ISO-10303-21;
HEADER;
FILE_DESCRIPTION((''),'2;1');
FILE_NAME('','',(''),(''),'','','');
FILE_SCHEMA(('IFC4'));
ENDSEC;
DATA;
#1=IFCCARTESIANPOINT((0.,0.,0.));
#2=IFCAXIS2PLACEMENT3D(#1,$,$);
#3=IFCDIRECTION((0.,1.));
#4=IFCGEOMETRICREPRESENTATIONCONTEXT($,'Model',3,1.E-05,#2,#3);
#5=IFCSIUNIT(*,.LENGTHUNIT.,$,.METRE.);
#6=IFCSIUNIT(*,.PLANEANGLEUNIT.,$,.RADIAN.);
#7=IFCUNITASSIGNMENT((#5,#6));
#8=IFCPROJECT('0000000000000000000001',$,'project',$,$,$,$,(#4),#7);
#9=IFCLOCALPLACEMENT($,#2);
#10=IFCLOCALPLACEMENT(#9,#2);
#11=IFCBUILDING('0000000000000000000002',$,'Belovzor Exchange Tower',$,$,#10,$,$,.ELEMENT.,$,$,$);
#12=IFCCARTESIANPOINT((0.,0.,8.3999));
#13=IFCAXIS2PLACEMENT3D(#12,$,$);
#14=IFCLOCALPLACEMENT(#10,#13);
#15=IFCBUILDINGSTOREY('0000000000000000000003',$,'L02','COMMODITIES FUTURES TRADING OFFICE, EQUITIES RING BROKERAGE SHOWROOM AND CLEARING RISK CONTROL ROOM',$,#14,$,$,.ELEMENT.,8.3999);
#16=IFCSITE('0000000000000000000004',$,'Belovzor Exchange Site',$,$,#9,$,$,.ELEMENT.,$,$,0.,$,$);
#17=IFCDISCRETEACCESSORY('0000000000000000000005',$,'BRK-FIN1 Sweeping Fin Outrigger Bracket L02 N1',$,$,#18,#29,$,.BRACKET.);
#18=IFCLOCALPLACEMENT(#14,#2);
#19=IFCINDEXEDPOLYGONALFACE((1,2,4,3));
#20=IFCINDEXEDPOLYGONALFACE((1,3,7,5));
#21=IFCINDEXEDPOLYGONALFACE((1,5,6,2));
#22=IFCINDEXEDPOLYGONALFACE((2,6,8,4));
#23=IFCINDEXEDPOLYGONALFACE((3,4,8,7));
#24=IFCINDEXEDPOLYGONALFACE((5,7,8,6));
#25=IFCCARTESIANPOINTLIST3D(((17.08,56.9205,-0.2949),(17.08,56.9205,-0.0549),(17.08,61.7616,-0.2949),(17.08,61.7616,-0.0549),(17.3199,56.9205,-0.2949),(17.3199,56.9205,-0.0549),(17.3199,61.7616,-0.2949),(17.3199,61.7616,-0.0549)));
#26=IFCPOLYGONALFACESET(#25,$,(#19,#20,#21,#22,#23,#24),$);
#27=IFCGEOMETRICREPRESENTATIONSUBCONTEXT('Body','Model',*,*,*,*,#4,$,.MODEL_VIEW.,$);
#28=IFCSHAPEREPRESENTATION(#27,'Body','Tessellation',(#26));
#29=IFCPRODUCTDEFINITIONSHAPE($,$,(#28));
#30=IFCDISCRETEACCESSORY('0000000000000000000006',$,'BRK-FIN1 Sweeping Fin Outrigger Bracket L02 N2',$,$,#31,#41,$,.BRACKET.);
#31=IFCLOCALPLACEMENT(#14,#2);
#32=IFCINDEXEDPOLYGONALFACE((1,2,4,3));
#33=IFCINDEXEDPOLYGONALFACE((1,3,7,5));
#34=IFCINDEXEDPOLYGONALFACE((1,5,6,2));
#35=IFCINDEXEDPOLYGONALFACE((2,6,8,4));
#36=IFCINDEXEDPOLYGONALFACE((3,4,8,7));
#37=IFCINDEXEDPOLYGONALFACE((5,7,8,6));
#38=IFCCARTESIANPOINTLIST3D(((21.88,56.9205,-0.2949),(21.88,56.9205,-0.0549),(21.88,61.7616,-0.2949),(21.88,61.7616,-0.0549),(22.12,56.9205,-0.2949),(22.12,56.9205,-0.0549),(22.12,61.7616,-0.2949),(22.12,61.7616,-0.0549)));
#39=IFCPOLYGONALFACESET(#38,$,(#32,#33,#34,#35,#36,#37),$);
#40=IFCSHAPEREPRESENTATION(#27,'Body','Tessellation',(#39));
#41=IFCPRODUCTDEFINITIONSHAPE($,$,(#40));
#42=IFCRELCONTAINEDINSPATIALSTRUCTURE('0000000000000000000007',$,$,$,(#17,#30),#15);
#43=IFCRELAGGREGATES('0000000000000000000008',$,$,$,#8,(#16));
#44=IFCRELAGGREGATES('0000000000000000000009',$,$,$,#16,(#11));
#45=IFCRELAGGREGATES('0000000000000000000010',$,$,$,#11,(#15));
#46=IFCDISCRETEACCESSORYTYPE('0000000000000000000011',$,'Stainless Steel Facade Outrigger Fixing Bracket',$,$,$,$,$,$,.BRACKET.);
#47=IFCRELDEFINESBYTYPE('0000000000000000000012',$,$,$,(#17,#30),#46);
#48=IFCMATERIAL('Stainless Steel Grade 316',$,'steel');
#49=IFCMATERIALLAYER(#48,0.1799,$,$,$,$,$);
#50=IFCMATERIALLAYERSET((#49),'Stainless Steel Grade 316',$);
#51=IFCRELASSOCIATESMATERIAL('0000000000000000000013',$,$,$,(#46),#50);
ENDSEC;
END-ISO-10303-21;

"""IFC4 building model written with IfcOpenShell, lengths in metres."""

from ifc_helpers import new_model, si_unit, direction, frame, origin, origin_2d, place, context, subcontext, project, spatial, rectangle, extrude, material, layer, layer_set, type_object, element, save


model = new_model("IFC4")

# Units and contexts
model_context = context("Model", 3, precision=1e-05, world=origin(), true_north=direction((0.0, 1.0)))
body_context = subcontext(model_context, "Body", "Model", "MODEL_VIEW")
ifc_project = project(units=[si_unit("LENGTHUNIT", "METRE"), si_unit("PLANEANGLEUNIT", "RADIAN")], contexts=[model_context])

# Site, building, storey
site_placement = place(None, origin())
site = spatial("IfcSite", under=ifc_project, at=site_placement, Name="Belovzor Exchange Site", CompositionType="ELEMENT", RefElevation=0.0)
building_placement = place(site_placement, origin())
building = spatial("IfcBuilding", under=site, at=building_placement, Name="Belovzor Exchange Tower", CompositionType="ELEMENT")
storey_placement = place(building_placement, frame((0.0, 0.0, 8.3999)))
storey = spatial("IfcBuildingStorey", under=building, at=storey_placement, Name="L02", Description="COMMODITIES FUTURES TRADING OFFICE, EQUITIES RING BROKERAGE SHOWROOM AND CLEARING RISK CONTROL ROOM", CompositionType="ELEMENT", Elevation=8.3999)

# Discrete accessories
ifc_material_1 = material(Name="Stainless Steel Grade 316", Category="steel")
ifc_layer_1 = layer(ifc_material_1, 0.1799)
ifc_layer_set_1 = layer_set([ifc_layer_1], Name="Stainless Steel Grade 316")
discrete_accessory_type = type_object("IfcDiscreteAccessoryType", Name="Stainless Steel Facade Outrigger Fixing Bracket", PredefinedType="BRACKET", material=ifc_layer_set_1)
for number, where, z_axis, x_axis, name in (
    (1, (17.2, 59.3411, -0.2949), (0.0, 0.0, 1.0), (0.0, 1.0, 0.0), "BRK-FIN1 Sweeping Fin Outrigger Bracket L02 N1"),
    (2, (22.0, 59.3411, -0.2949), (0.0, 0.0, 1.0), (0.0, 1.0, 0.0), "BRK-FIN1 Sweeping Fin Outrigger Bracket L02 N2"),
):
    element("IfcDiscreteAccessory", number, at=place(storey_placement, frame(where, z_axis=z_axis, x_axis=x_axis)), inside=storey, type_object=discrete_accessory_type, Name=name, PredefinedType="BRACKET", context=body_context, shape_type="SweptSolid", body=[
        extrude(rectangle(XDim=4.8411, YDim=0.24, at=origin_2d()), origin(), (0.0, 0.0, 1.0), 0.24),
    ])

save(model, "model.ifc")
